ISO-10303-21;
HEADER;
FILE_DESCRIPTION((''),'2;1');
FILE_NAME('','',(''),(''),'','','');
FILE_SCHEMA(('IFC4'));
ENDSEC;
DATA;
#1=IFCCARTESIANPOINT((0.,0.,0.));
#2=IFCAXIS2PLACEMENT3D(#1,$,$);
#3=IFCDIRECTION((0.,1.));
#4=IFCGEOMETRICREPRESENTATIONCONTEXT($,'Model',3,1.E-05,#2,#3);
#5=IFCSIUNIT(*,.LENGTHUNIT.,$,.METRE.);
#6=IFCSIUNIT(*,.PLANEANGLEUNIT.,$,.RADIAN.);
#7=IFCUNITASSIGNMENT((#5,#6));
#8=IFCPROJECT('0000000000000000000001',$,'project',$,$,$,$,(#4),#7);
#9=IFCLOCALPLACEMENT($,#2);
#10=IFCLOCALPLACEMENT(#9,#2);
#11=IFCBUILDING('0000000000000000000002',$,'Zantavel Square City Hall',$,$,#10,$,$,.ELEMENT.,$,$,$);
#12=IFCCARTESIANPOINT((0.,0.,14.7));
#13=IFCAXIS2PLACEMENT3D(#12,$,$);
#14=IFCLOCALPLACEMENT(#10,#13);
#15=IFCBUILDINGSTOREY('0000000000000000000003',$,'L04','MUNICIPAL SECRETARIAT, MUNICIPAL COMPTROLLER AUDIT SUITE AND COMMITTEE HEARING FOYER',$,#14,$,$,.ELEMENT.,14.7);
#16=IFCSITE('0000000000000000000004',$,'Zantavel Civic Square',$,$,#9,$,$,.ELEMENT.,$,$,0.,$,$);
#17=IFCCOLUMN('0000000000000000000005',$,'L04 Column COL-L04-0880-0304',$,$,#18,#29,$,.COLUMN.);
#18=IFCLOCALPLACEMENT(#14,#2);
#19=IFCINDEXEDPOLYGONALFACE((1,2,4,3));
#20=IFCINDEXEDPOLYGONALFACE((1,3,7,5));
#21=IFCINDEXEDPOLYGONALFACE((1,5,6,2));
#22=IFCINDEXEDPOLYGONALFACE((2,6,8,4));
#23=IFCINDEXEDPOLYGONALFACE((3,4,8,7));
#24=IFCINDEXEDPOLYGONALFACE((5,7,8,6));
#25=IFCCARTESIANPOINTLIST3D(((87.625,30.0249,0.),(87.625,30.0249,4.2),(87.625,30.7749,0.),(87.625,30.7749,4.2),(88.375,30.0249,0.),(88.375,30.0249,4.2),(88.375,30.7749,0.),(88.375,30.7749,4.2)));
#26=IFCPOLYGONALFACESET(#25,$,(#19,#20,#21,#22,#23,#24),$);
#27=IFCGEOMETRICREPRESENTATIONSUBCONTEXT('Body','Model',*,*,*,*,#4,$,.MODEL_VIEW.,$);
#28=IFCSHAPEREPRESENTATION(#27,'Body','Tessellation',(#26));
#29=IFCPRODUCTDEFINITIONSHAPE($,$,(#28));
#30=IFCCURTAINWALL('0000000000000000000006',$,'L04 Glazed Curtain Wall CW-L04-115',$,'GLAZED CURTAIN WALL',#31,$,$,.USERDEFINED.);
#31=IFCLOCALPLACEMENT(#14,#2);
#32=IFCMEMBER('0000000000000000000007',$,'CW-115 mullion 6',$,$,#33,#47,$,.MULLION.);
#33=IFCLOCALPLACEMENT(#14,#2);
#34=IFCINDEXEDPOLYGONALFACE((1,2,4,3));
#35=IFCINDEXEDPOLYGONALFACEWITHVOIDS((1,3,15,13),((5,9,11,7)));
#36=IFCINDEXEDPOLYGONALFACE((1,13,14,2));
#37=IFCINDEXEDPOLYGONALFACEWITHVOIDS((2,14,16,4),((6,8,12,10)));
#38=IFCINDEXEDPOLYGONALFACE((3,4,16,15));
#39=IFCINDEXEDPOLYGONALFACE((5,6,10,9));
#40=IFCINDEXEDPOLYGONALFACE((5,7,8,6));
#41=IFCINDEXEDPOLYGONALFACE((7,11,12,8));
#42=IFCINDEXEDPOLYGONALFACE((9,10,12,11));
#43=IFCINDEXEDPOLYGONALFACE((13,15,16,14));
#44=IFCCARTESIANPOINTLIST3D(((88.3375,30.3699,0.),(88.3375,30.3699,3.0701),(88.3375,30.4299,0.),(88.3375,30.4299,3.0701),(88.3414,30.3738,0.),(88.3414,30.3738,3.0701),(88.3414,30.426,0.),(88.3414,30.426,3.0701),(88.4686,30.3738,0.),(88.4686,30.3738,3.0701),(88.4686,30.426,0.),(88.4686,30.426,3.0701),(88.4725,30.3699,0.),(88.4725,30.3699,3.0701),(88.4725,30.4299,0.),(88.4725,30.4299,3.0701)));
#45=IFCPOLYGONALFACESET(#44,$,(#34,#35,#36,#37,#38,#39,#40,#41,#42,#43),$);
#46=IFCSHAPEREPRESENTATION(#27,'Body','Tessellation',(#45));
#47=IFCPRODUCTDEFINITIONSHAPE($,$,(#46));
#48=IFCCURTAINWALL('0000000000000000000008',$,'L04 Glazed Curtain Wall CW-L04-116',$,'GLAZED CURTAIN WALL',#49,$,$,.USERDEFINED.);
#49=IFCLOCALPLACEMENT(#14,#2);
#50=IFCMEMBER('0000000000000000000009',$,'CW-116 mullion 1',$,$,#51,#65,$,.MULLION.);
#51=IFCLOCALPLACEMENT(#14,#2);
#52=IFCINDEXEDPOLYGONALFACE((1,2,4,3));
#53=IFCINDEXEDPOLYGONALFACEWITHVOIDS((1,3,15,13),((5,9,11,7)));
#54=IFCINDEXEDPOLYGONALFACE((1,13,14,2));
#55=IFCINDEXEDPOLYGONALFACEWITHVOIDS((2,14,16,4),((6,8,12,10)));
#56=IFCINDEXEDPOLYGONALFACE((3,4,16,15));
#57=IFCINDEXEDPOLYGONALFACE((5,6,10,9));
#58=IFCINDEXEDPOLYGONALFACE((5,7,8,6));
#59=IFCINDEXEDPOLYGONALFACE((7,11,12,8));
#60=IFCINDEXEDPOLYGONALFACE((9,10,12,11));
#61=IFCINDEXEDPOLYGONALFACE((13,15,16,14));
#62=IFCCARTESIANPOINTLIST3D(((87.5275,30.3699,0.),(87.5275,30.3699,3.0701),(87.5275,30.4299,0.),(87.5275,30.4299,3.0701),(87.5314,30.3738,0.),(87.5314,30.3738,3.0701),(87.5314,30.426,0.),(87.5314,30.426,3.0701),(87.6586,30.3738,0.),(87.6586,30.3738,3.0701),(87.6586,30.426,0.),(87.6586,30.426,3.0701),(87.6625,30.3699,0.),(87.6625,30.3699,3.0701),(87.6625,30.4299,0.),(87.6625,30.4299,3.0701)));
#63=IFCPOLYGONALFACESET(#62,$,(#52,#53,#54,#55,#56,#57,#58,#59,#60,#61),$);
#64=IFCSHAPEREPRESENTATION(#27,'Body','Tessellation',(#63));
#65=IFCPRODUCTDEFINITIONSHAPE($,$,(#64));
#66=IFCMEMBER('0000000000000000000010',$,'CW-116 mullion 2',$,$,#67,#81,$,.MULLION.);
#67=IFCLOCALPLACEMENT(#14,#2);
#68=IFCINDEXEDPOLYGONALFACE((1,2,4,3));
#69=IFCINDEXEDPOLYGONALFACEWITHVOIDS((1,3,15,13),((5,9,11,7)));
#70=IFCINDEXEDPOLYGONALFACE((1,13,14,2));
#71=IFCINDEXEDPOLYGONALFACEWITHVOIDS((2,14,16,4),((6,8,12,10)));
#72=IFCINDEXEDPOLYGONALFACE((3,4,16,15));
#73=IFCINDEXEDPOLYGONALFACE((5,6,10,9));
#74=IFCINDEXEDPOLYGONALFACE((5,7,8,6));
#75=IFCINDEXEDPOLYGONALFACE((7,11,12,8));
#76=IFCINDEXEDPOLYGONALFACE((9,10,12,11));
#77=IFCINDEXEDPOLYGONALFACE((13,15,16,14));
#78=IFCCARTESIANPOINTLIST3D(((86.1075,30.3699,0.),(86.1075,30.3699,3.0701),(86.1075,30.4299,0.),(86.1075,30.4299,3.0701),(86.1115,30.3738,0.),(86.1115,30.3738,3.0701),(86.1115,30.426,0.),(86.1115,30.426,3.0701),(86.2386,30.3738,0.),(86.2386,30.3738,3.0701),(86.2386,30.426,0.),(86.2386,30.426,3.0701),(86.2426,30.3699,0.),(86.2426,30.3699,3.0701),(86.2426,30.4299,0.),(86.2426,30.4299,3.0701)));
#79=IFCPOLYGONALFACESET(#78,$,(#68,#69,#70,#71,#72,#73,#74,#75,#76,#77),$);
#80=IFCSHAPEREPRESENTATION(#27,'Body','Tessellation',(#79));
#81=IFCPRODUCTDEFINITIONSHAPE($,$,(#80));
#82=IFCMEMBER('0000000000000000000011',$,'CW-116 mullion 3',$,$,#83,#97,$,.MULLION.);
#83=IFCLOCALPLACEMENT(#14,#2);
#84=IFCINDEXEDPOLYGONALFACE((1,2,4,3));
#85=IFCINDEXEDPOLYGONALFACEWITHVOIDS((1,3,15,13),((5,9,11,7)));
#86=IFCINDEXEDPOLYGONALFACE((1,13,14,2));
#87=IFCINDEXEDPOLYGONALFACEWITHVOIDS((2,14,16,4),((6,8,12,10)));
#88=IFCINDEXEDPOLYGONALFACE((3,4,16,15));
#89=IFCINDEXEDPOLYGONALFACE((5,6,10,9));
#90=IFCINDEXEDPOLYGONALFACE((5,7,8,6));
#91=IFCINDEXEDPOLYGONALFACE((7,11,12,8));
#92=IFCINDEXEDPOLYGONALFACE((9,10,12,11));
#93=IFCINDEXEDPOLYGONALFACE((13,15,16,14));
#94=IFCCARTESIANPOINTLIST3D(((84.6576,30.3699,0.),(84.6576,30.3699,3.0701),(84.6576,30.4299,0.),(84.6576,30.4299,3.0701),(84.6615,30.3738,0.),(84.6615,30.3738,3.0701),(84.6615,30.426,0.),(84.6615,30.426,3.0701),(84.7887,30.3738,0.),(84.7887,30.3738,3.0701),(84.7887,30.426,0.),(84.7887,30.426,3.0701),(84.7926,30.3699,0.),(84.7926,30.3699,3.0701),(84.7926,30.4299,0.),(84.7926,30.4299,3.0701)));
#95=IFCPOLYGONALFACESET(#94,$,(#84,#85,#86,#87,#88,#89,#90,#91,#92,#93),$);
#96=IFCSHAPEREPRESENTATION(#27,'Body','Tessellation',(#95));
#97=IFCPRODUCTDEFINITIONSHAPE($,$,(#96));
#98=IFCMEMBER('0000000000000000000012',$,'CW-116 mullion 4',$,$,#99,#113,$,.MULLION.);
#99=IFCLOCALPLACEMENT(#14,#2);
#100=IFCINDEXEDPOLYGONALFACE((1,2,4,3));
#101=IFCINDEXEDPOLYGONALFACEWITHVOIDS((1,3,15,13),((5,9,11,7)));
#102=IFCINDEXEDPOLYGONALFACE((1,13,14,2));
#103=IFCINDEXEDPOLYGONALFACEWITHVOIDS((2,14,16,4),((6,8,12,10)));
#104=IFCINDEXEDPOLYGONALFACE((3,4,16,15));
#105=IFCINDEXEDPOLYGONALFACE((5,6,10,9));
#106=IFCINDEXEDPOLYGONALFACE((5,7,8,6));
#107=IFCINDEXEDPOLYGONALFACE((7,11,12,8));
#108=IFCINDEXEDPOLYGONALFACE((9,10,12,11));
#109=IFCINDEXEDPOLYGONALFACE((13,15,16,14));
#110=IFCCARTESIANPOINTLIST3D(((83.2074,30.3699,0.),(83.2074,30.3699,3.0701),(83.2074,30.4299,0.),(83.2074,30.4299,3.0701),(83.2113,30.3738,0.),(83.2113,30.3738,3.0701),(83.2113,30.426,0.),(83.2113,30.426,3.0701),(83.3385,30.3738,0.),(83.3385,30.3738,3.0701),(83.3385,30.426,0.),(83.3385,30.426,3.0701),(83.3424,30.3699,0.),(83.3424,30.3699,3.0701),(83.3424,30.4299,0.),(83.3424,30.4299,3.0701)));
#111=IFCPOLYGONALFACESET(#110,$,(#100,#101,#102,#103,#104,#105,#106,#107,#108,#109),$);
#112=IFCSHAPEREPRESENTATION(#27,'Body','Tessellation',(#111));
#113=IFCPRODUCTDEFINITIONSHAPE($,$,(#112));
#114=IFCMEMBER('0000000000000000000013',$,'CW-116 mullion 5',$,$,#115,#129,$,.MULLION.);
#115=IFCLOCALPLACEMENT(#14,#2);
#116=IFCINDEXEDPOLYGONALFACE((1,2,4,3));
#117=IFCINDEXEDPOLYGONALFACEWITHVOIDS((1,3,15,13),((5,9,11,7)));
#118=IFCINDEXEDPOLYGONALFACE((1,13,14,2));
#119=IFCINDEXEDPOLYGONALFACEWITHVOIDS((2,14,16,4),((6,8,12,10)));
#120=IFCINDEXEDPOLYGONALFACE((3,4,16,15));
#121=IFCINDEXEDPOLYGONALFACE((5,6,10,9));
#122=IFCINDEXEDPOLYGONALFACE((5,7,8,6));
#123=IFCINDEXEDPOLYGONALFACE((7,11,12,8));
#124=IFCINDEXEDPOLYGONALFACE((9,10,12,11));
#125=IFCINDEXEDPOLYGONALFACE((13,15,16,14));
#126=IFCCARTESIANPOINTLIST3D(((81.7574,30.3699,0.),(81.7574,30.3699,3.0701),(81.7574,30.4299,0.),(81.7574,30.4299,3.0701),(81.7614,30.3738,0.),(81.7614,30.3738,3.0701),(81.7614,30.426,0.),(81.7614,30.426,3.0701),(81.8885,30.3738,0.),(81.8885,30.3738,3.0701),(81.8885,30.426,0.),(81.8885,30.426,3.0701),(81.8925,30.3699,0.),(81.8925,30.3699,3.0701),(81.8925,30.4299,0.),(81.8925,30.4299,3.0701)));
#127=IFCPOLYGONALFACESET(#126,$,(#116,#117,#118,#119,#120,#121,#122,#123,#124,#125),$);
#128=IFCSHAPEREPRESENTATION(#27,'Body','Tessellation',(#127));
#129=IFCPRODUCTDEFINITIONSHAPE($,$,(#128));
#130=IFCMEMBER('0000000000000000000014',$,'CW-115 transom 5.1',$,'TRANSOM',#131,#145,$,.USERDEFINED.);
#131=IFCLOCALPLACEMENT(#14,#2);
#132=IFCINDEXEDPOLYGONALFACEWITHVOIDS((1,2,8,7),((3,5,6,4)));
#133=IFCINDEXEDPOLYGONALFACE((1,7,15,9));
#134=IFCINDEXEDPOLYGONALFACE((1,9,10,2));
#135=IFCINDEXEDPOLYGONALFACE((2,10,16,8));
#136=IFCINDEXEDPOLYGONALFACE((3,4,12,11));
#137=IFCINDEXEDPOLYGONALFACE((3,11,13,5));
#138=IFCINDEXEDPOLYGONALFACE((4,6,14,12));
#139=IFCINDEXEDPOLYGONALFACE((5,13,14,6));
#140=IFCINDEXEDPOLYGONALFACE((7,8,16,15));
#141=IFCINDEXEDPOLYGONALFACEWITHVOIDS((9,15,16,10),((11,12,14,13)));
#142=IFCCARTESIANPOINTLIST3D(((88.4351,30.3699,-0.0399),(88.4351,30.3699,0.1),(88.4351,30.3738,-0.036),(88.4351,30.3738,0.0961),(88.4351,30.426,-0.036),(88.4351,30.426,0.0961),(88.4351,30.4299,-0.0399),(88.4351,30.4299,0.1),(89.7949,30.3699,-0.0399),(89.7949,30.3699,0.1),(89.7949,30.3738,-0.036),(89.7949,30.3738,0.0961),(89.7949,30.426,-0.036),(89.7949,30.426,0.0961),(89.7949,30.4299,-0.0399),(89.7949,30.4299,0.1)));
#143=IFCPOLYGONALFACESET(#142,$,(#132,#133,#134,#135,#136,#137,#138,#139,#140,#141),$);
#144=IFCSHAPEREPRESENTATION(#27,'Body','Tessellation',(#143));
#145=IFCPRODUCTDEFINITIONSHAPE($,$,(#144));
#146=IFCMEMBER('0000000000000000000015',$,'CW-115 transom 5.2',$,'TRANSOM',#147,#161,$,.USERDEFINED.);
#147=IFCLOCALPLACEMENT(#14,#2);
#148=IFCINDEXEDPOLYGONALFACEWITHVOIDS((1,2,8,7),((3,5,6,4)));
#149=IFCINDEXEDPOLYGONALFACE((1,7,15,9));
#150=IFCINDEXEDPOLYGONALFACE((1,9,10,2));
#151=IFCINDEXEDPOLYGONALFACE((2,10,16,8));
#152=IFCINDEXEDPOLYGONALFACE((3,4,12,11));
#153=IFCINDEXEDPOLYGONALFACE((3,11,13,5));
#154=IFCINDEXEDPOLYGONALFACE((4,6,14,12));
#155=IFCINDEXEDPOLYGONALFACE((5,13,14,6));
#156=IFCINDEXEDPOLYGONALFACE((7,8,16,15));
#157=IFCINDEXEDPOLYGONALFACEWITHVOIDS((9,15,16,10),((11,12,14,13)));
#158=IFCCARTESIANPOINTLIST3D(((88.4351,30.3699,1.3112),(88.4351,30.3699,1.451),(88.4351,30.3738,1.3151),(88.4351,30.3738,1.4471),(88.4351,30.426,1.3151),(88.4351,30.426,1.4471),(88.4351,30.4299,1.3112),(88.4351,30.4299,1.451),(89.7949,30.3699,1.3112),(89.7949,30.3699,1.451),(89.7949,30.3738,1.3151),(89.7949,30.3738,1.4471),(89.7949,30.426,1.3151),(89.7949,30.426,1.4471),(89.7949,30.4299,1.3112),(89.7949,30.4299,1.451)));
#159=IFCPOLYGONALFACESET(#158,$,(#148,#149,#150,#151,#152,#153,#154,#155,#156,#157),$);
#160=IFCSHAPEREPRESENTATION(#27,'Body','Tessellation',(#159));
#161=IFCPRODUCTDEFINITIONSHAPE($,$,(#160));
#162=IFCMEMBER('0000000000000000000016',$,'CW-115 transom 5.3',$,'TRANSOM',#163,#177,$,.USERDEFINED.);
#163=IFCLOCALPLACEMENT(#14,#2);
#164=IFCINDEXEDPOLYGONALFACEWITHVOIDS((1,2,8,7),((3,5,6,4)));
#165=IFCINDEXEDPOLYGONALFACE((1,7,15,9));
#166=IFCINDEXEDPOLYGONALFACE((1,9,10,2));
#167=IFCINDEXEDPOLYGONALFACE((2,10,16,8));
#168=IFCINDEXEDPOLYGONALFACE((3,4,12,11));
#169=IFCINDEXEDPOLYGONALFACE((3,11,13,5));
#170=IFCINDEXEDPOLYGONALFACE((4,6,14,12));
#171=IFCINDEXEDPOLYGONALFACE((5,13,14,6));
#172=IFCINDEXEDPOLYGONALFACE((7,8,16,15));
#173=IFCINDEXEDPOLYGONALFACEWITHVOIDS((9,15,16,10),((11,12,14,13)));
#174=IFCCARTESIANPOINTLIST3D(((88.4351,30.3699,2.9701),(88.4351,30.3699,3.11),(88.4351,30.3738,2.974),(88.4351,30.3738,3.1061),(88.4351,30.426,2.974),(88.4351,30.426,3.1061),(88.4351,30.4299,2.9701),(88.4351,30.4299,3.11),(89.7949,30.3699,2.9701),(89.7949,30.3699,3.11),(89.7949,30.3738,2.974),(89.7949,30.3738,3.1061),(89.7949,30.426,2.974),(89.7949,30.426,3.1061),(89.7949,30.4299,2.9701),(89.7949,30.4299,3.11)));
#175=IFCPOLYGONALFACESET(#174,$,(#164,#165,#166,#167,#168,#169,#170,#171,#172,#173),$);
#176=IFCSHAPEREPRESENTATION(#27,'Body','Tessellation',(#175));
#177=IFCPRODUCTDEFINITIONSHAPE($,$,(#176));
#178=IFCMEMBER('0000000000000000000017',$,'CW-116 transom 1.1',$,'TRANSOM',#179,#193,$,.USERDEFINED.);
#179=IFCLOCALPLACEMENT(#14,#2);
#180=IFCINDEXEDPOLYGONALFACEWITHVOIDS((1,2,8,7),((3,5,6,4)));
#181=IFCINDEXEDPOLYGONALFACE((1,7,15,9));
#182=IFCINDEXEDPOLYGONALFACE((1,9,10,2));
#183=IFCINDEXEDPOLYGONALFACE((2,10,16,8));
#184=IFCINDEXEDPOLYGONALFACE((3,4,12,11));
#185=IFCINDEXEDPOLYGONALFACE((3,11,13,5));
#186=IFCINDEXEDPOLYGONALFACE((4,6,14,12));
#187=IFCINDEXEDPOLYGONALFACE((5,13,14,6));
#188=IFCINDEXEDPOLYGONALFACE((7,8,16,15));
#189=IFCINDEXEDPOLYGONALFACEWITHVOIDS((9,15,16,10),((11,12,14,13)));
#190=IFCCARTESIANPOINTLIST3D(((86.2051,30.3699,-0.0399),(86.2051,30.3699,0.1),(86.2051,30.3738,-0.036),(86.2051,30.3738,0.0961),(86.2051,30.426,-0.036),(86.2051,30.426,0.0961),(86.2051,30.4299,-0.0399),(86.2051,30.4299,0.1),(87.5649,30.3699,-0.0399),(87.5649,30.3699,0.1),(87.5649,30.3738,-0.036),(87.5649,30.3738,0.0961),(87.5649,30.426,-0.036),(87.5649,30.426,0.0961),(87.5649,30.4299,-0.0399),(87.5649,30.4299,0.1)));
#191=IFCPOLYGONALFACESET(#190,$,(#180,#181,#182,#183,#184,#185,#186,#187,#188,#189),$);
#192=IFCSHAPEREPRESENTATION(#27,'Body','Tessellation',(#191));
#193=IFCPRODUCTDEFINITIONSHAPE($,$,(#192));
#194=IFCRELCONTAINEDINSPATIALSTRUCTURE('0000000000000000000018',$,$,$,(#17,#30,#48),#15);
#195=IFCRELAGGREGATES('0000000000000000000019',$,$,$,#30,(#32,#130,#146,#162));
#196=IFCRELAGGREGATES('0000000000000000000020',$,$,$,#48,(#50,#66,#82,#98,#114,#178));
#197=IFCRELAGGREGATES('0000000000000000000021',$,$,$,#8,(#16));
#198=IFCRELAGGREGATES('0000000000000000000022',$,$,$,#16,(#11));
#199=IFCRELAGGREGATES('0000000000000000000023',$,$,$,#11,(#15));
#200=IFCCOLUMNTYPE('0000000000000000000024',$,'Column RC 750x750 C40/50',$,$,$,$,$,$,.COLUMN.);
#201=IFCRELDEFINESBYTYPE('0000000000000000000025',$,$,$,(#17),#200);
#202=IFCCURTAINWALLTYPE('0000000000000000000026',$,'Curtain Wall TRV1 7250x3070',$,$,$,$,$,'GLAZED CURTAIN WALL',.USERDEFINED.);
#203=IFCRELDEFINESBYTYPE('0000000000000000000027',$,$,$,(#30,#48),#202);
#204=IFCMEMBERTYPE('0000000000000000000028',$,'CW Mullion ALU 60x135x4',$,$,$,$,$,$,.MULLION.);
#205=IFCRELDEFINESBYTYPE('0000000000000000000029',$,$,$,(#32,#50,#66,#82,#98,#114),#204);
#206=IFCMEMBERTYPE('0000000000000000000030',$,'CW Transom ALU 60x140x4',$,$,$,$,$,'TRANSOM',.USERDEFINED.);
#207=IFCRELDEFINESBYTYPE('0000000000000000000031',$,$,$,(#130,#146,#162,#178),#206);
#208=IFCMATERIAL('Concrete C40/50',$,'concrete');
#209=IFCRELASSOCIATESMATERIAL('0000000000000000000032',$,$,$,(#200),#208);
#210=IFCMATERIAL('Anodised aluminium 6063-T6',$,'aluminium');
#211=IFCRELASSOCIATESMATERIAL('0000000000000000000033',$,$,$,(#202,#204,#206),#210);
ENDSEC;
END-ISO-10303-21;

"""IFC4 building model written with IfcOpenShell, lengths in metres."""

from ifc_helpers import new_model, si_unit, direction, frame, origin, origin_2d, place, context, subcontext, project, spatial, rectangle, hollow_rectangle, extrude, material, material_profile, profile_set, type_object, element, aggregate, save


model = new_model("IFC4")

# Units and contexts
model_context = context("Model", 3, precision=1e-05, world=origin(), true_north=direction((0.0, 1.0)))
body_context = subcontext(model_context, "Body", "Model", "MODEL_VIEW")
ifc_project = project(units=[si_unit("LENGTHUNIT", "METRE"), si_unit("PLANEANGLEUNIT", "RADIAN")], contexts=[model_context])

# Site, building, storey
site_placement = place(None, origin())
site = spatial("IfcSite", under=ifc_project, at=site_placement, Name="Zantavel Civic Square", CompositionType="ELEMENT", RefElevation=0.0)
building_placement = place(site_placement, origin())
building = spatial("IfcBuilding", under=site, at=building_placement, Name="Zantavel Square City Hall", CompositionType="ELEMENT")
storey_placement = place(building_placement, frame((0.0, 0.0, 14.7)))
storey = spatial("IfcBuildingStorey", under=building, at=storey_placement, Name="L04", Description="MUNICIPAL SECRETARIAT, MUNICIPAL COMPTROLLER AUDIT SUITE AND COMMITTEE HEARING FOYER", CompositionType="ELEMENT", Elevation=14.7)

# Column
ifc_material_1 = material(Name="Concrete C40/50", Category="concrete")
ifc_material_profile_1 = material_profile(ifc_material_1, rectangle(XDim=0.75, YDim=0.75, at=origin_2d()), Name="RC 750x750")
ifc_profile_set_1 = profile_set([ifc_material_profile_1], Name="Concrete C40/50")
column_type = type_object("IfcColumnType", Name="Column RC 750x750 C40/50", PredefinedType="COLUMN", material=ifc_profile_set_1)
column_placement = place(storey_placement, frame((88.0, 30.3999, 0.0), z_axis=(0.0, 0.0, 1.0), x_axis=(1.0, 0.0, 0.0)))
element("IfcColumn", 1, at=column_placement, inside=storey, type_object=column_type, Name="L04 Column COL-L04-0880-0304", PredefinedType="COLUMN", context=body_context, shape_type="SweptSolid", body=[
    extrude(rectangle(XDim=0.75, YDim=0.75, at=origin_2d()), origin(), (0.0, 0.0, 1.0), 4.2),
])

# Curtain wall, member
ifc_material_2 = material(Name="Anodised aluminium 6063-T6", Category="aluminium")
curtain_wall_type = type_object("IfcCurtainWallType", Name="Curtain Wall TRV1 7250x3070", ElementType="GLAZED CURTAIN WALL", PredefinedType="USERDEFINED", material=ifc_material_2)
curtain_wall_1_placement = place(storey_placement, origin())
curtain_wall_1 = element("IfcCurtainWall", 2, at=curtain_wall_1_placement, inside=storey, type_object=curtain_wall_type, Name="L04 Glazed Curtain Wall CW-L04-115", ObjectType="GLAZED CURTAIN WALL", PredefinedType="USERDEFINED")
ifc_material_profile_2 = material_profile(ifc_material_2, hollow_rectangle(XDim=0.0601, YDim=0.135, WallThickness=0.0039, at=origin_2d()), Name="ALU 60x135x4")
ifc_profile_set_2 = profile_set([ifc_material_profile_2], Name="Anodised aluminium 6063-T6")
member_type_1 = type_object("IfcMemberType", Name="CW Mullion ALU 60x135x4", PredefinedType="MULLION", material=ifc_profile_set_2)
member_1_placement = place(storey_placement, frame((88.405, 30.3999, 0.0), z_axis=(0.0, 0.0, 1.0), x_axis=(0.0, -1.0, 0.0)))
member_1 = element("IfcMember", 3, at=member_1_placement, type_object=member_type_1, Name="CW-115 mullion 6", PredefinedType="MULLION", context=body_context, shape_type="SweptSolid", body=[
    extrude(hollow_rectangle(XDim=0.0601, YDim=0.135, WallThickness=0.0039, at=origin_2d()), origin(), (0.0, 0.0, 1.0), 3.0701),
])

# Curtain wall, members
curtain_wall_2_placement = place(storey_placement, origin())
curtain_wall_2 = element("IfcCurtainWall", 4, at=curtain_wall_2_placement, inside=storey, type_object=curtain_wall_type, Name="L04 Glazed Curtain Wall CW-L04-116", ObjectType="GLAZED CURTAIN WALL", PredefinedType="USERDEFINED")
member_2_placement = place(storey_placement, frame((87.595, 30.3999, 0.0), z_axis=(0.0, 0.0, 1.0), x_axis=(0.0, -1.0, 0.0)))
member_2 = element("IfcMember", 5, at=member_2_placement, type_object=member_type_1, Name="CW-116 mullion 1", PredefinedType="MULLION", context=body_context, shape_type="SweptSolid", body=[
    extrude(hollow_rectangle(XDim=0.0601, YDim=0.135, WallThickness=0.0039, at=origin_2d()), origin(), (0.0, 0.0, 1.0), 3.0701),
])
member_3_placement = place(storey_placement, frame((86.175, 30.3999, 0.0), z_axis=(0.0, 0.0, 1.0), x_axis=(0.0, -1.0, 0.0)))
member_3 = element("IfcMember", 6, at=member_3_placement, type_object=member_type_1, Name="CW-116 mullion 2", PredefinedType="MULLION", context=body_context, shape_type="SweptSolid", body=[
    extrude(hollow_rectangle(XDim=0.0601, YDim=0.135, WallThickness=0.0039, at=origin_2d()), origin(), (0.0, 0.0, 1.0), 3.0701),
])
member_4_placement = place(storey_placement, frame((84.7251, 30.3999, 0.0), z_axis=(0.0, 0.0, 1.0), x_axis=(0.0, -1.0, 0.0)))
member_4 = element("IfcMember", 7, at=member_4_placement, type_object=member_type_1, Name="CW-116 mullion 3", PredefinedType="MULLION", context=body_context, shape_type="SweptSolid", body=[
    extrude(hollow_rectangle(XDim=0.0601, YDim=0.135, WallThickness=0.0039, at=origin_2d()), origin(), (0.0, 0.0, 1.0), 3.0701),
])
member_5_placement = place(storey_placement, frame((83.2749, 30.3999, 0.0), z_axis=(0.0, 0.0, 1.0), x_axis=(0.0, -1.0, 0.0)))
member_5 = element("IfcMember", 8, at=member_5_placement, type_object=member_type_1, Name="CW-116 mullion 4", PredefinedType="MULLION", context=body_context, shape_type="SweptSolid", body=[
    extrude(hollow_rectangle(XDim=0.0601, YDim=0.135, WallThickness=0.0039, at=origin_2d()), origin(), (0.0, 0.0, 1.0), 3.0701),
])
member_6_placement = place(storey_placement, frame((81.825, 30.3999, 0.0), z_axis=(0.0, 0.0, 1.0), x_axis=(0.0, -1.0, 0.0)))
member_6 = element("IfcMember", 9, at=member_6_placement, type_object=member_type_1, Name="CW-116 mullion 5", PredefinedType="MULLION", context=body_context, shape_type="SweptSolid", body=[
    extrude(hollow_rectangle(XDim=0.0601, YDim=0.135, WallThickness=0.0039, at=origin_2d()), origin(), (0.0, 0.0, 1.0), 3.0701),
])

# Members
ifc_material_profile_3 = material_profile(ifc_material_2, hollow_rectangle(XDim=0.0601, YDim=0.1399, WallThickness=0.0039, at=origin_2d()), Name="ALU 60x140x4")
ifc_profile_set_3 = profile_set([ifc_material_profile_3], Name="Anodised aluminium 6063-T6")
member_type_2 = type_object("IfcMemberType", Name="CW Transom ALU 60x140x4", ElementType="TRANSOM", PredefinedType="USERDEFINED", material=ifc_profile_set_3)
member_7_placement = place(storey_placement, frame((89.7949, 30.3999, 0.03), z_axis=(-1.0, 0.0, 0.0), x_axis=(0.0, -1.0, 0.0)))
member_7 = element("IfcMember", 10, at=member_7_placement, type_object=member_type_2, Name="CW-115 transom 5.1", ObjectType="TRANSOM", PredefinedType="USERDEFINED", context=body_context, shape_type="SweptSolid", body=[
    extrude(hollow_rectangle(XDim=0.0601, YDim=0.1399, WallThickness=0.0039, at=origin_2d()), origin(), (0.0, 0.0, 1.0), 1.3599),
])
member_8_placement = place(storey_placement, frame((89.7949, 30.3999, 1.3811), z_axis=(-1.0, 0.0, 0.0), x_axis=(0.0, -1.0, 0.0)))
member_8 = element("IfcMember", 11, at=member_8_placement, type_object=member_type_2, Name="CW-115 transom 5.2", ObjectType="TRANSOM", PredefinedType="USERDEFINED", context=body_context, shape_type="SweptSolid", body=[
    extrude(hollow_rectangle(XDim=0.0601, YDim=0.1399, WallThickness=0.0039, at=origin_2d()), origin(), (0.0, 0.0, 1.0), 1.3599),
])
member_9_placement = place(storey_placement, frame((89.7949, 30.3999, 3.04), z_axis=(-1.0, 0.0, 0.0), x_axis=(0.0, -1.0, 0.0)))
member_9 = element("IfcMember", 12, at=member_9_placement, type_object=member_type_2, Name="CW-115 transom 5.3", ObjectType="TRANSOM", PredefinedType="USERDEFINED", context=body_context, shape_type="SweptSolid", body=[
    extrude(hollow_rectangle(XDim=0.0601, YDim=0.1399, WallThickness=0.0039, at=origin_2d()), origin(), (0.0, 0.0, 1.0), 1.3599),
])
member_10_placement = place(storey_placement, frame((87.5649, 30.3999, 0.03), z_axis=(-1.0, 0.0, 0.0), x_axis=(0.0, -1.0, 0.0)))
member_10 = element("IfcMember", 13, at=member_10_placement, type_object=member_type_2, Name="CW-116 transom 1.1", ObjectType="TRANSOM", PredefinedType="USERDEFINED", context=body_context, shape_type="SweptSolid", body=[
    extrude(hollow_rectangle(XDim=0.0601, YDim=0.1399, WallThickness=0.0039, at=origin_2d()), origin(), (0.0, 0.0, 1.0), 1.3599),
])

aggregate(curtain_wall_1, [member_1, member_7, member_8, member_9])
aggregate(curtain_wall_2, [member_2, member_3, member_4, member_5, member_6, member_10])

save(model, "model.ifc")
